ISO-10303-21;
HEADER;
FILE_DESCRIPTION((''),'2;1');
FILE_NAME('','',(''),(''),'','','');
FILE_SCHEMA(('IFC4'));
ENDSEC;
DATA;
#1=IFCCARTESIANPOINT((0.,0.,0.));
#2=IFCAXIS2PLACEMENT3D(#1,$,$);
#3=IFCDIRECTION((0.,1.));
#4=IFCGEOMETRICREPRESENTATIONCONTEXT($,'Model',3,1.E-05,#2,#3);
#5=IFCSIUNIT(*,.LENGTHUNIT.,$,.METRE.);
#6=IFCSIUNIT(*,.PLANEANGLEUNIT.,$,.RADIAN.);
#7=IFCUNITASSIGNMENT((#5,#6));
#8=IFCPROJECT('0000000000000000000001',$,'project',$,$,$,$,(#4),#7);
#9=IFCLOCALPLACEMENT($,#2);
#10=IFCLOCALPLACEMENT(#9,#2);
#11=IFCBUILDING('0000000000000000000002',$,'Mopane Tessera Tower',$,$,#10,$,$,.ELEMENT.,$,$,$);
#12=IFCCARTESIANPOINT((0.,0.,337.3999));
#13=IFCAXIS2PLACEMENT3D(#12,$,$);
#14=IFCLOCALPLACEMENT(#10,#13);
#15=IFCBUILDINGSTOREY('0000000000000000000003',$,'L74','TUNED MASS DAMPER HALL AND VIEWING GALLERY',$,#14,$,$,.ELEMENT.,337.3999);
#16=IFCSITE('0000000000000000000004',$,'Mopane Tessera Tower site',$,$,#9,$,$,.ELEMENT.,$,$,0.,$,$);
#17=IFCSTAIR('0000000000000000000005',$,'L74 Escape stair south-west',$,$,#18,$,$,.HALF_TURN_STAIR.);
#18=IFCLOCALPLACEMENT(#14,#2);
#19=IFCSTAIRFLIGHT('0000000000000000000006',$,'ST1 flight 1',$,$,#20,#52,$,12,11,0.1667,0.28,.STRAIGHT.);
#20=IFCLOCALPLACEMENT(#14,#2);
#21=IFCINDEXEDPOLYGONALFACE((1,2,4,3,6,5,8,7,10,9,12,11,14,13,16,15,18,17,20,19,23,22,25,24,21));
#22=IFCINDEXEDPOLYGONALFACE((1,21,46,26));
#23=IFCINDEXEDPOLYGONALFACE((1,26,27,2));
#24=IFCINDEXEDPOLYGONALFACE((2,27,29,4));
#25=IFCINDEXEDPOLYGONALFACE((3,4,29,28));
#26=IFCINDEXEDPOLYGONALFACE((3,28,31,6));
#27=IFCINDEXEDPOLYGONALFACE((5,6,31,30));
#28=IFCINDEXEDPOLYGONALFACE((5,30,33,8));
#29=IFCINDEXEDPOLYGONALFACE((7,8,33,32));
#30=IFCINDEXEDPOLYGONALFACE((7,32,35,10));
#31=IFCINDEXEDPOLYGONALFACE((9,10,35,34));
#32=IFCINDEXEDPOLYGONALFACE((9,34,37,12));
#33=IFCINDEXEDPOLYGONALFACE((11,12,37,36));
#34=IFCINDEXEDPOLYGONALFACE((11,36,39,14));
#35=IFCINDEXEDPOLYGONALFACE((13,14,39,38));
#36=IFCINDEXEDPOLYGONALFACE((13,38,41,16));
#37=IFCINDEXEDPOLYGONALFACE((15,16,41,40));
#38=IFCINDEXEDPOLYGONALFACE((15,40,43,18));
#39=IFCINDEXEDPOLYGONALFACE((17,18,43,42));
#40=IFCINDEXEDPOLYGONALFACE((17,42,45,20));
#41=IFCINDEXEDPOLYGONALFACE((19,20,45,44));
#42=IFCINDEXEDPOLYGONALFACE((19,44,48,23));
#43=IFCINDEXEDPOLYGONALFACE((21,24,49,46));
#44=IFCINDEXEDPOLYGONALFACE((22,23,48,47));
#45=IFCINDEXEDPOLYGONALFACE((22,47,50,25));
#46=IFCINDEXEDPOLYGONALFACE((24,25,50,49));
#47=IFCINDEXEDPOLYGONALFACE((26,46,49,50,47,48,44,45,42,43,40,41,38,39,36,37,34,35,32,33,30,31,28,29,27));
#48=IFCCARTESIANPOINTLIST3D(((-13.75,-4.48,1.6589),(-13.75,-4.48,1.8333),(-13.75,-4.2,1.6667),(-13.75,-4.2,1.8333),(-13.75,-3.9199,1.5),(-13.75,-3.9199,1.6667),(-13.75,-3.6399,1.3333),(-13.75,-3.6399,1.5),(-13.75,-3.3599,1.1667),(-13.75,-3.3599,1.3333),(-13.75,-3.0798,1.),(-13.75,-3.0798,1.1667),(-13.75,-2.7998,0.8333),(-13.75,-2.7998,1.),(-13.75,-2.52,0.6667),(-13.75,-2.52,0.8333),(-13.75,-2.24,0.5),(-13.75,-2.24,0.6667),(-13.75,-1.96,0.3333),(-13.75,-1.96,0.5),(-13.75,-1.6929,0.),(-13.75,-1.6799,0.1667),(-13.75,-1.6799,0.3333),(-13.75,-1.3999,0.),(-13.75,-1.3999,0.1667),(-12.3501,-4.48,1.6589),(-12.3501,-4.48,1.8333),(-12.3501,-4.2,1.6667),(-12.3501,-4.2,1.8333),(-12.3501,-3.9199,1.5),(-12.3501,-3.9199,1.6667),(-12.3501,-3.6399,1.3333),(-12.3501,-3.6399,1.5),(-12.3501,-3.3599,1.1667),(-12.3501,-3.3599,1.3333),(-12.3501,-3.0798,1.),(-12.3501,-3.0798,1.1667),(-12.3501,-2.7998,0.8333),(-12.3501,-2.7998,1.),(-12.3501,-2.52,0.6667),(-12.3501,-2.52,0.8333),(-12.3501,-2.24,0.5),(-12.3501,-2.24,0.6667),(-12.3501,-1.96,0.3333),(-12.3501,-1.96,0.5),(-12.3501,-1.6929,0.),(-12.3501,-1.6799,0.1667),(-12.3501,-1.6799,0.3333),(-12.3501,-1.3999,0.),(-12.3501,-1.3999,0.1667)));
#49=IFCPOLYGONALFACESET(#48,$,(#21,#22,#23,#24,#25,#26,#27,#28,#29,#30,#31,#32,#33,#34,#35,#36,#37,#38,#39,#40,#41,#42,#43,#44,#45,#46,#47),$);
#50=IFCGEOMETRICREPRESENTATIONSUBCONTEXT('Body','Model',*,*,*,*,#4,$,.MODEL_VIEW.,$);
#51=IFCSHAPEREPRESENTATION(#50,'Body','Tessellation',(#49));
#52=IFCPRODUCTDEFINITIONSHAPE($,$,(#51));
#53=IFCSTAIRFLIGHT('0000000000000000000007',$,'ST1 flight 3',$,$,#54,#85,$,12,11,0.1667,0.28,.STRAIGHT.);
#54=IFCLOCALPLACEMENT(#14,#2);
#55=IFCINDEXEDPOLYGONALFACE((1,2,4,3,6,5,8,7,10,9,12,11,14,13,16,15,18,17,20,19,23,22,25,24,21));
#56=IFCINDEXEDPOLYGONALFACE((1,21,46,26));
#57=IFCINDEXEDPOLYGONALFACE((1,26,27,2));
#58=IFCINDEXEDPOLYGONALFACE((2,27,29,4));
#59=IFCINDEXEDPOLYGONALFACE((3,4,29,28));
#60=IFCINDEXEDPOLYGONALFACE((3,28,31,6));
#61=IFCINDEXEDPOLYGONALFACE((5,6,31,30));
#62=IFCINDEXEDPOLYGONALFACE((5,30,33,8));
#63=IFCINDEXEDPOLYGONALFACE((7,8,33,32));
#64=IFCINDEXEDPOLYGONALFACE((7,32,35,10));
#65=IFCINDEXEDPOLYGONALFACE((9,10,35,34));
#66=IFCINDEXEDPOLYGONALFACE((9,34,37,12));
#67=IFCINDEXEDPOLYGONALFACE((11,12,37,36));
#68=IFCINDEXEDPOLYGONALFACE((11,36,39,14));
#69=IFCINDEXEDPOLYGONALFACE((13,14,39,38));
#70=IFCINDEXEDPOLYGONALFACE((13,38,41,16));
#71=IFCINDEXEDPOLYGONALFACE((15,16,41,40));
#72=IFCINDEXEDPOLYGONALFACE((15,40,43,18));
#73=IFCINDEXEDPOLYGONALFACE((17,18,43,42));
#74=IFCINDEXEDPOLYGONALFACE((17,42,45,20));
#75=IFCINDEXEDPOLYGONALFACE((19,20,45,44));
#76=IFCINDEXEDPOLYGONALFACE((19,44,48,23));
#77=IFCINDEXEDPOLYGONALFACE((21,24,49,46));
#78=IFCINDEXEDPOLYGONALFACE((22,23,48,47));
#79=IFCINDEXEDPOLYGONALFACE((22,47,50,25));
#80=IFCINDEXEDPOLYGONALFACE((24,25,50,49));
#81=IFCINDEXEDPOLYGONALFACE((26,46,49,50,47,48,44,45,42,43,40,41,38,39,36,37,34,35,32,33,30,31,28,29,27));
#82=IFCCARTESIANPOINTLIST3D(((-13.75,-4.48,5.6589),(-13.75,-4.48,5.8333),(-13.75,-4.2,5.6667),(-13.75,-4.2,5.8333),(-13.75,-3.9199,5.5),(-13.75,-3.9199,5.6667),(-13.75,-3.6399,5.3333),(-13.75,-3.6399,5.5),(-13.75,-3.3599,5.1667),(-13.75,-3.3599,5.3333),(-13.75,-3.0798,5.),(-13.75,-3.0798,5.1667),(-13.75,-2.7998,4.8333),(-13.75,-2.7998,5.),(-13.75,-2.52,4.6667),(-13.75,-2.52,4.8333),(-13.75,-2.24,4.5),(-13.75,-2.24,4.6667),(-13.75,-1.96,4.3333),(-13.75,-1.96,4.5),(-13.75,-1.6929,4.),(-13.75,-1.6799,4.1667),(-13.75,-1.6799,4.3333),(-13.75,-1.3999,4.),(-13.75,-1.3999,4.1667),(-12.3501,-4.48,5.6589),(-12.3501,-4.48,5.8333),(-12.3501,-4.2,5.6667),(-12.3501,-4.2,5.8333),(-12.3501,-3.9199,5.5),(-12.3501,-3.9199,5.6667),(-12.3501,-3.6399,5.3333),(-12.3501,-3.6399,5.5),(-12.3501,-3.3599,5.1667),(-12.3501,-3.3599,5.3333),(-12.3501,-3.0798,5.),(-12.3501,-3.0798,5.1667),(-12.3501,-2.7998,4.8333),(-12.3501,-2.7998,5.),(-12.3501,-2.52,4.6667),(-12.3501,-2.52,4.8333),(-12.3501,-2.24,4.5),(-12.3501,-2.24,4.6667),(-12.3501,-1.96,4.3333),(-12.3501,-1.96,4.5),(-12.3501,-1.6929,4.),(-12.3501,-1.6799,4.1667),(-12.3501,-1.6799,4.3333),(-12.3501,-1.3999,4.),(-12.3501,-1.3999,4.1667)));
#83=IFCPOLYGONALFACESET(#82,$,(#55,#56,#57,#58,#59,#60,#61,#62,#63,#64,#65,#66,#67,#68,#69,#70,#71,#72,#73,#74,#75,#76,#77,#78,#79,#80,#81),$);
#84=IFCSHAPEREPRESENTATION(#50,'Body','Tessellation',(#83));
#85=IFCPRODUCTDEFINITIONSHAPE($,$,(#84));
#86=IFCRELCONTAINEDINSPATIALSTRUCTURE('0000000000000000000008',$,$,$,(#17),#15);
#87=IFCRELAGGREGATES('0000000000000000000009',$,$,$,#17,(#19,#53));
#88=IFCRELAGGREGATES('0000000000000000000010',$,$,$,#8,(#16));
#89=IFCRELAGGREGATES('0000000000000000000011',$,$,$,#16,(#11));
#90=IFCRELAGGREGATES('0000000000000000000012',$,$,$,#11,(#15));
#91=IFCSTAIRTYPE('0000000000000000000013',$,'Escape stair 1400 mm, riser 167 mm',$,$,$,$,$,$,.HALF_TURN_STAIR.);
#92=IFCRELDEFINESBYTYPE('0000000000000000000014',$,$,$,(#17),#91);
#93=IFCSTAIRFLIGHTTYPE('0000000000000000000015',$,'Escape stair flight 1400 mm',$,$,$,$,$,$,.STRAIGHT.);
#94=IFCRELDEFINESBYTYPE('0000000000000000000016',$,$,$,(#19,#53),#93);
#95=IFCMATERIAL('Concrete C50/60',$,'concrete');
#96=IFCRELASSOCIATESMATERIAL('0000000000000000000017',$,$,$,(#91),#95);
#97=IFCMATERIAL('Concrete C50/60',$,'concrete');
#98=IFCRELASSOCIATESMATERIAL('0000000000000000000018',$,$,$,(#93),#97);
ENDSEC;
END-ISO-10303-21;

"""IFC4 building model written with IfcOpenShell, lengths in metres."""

from ifc_helpers import new_model, si_unit, direction, frame, origin, place, context, subcontext, project, spatial, polyline, outline, extrude, material, type_object, element, aggregate, save


model = new_model("IFC4")

# Units and contexts
model_context = context("Model", 3, precision=1e-05, world=origin(), true_north=direction((0.0, 1.0)))
body_context = subcontext(model_context, "Body", "Model", "MODEL_VIEW")
ifc_project = project(units=[si_unit("LENGTHUNIT", "METRE"), si_unit("PLANEANGLEUNIT", "RADIAN")], contexts=[model_context])

# Site, building, storey
site_placement = place(None, origin())
site = spatial("IfcSite", under=ifc_project, at=site_placement, Name="Mopane Tessera Tower site", CompositionType="ELEMENT", RefElevation=0.0)
building_placement = place(site_placement, origin())
building = spatial("IfcBuilding", under=site, at=building_placement, Name="Mopane Tessera Tower", CompositionType="ELEMENT")
storey_placement = place(building_placement, frame((0.0, 0.0, 337.3999)))
storey = spatial("IfcBuildingStorey", under=building, at=storey_placement, Name="L74", Description="TUNED MASS DAMPER HALL AND VIEWING GALLERY", CompositionType="ELEMENT", Elevation=337.3999)

# Stair, stair flights
ifc_material_1 = material(Name="Concrete C50/60", Category="concrete")
stair_type = type_object("IfcStairType", Name="Escape stair 1400 mm, riser 167 mm", PredefinedType="HALF_TURN_STAIR", material=ifc_material_1)
stair_placement = place(storey_placement, origin())
stair = element("IfcStair", 1, at=stair_placement, inside=storey, type_object=stair_type, Name="L74 Escape stair south-west", PredefinedType="HALF_TURN_STAIR")
ifc_material_2 = material(Name="Concrete C50/60", Category="concrete")
stair_flight_type = type_object("IfcStairFlightType", Name="Escape stair flight 1400 mm", PredefinedType="STRAIGHT", material=ifc_material_2)
stair_flight_1_placement = place(storey_placement, frame((-13.05, -1.3999, 0.0), z_axis=(0.0, 0.0, 1.0), x_axis=(0.0, -1.0, 0.0)))
stair_flight_1 = element("IfcStairFlight", 2, at=stair_flight_1_placement, type_object=stair_flight_type, Name="ST1 flight 1", NumberOfRisers=12, NumberOfTreads=11, PredefinedType="STRAIGHT", RiserHeight=0.1667, TreadLength=0.28, context=body_context, shape_type="SweptSolid", body=[
    extrude(outline(polyline([(0.0, 0.0), (0.0, 0.1667), (0.28, 0.1667), (0.28, 0.3333), (0.5601, 0.3333), (0.5601, 0.5), (0.8401, 0.5), (0.8401, 0.6667), (1.1201, 0.6667), (1.1201, 0.8333), (1.3999, 0.8333), (1.3999, 1.0), (1.6799, 1.0), (1.6799, 1.1667), (1.96, 1.1667), (1.96, 1.3333), (2.24, 1.3333), (2.24, 1.5), (2.52, 1.5), (2.52, 1.6667), (2.8, 1.6667), (2.8, 1.8333), (3.0801, 1.8333), (3.0801, 2.0), (3.0801, 1.6589), (0.293, 0.0), (0.0, 0.0)])), frame((0.0, 0.7, 0.0), z_axis=(0.0, -1.0, 0.0), x_axis=(1.0, 0.0, 0.0)), (0.0, 0.0, 1.0), 1.3999),
])
stair_flight_2_placement = place(storey_placement, frame((-13.05, -1.3999, 4.0), z_axis=(0.0, 0.0, 1.0), x_axis=(0.0, -1.0, 0.0)))
stair_flight_2 = element("IfcStairFlight", 3, at=stair_flight_2_placement, type_object=stair_flight_type, Name="ST1 flight 3", NumberOfRisers=12, NumberOfTreads=11, PredefinedType="STRAIGHT", RiserHeight=0.1667, TreadLength=0.28, context=body_context, shape_type="SweptSolid", body=[
    extrude(outline(polyline([(0.0, 0.0), (0.0, 0.1667), (0.28, 0.1667), (0.28, 0.3333), (0.5601, 0.3333), (0.5601, 0.5), (0.8401, 0.5), (0.8401, 0.6667), (1.1201, 0.6667), (1.1201, 0.8333), (1.3999, 0.8333), (1.3999, 1.0), (1.6799, 1.0), (1.6799, 1.1667), (1.96, 1.1667), (1.96, 1.3333), (2.24, 1.3333), (2.24, 1.5), (2.52, 1.5), (2.52, 1.6667), (2.8, 1.6667), (2.8, 1.8333), (3.0801, 1.8333), (3.0801, 2.0), (3.0801, 1.6589), (0.293, 0.0), (0.0, 0.0)])), frame((0.0, 0.7, 0.0), z_axis=(0.0, -1.0, 0.0), x_axis=(1.0, 0.0, 0.0)), (0.0, 0.0, 1.0), 1.3999),
])
aggregate(stair, [stair_flight_1, stair_flight_2])

save(model, "model.ifc")
